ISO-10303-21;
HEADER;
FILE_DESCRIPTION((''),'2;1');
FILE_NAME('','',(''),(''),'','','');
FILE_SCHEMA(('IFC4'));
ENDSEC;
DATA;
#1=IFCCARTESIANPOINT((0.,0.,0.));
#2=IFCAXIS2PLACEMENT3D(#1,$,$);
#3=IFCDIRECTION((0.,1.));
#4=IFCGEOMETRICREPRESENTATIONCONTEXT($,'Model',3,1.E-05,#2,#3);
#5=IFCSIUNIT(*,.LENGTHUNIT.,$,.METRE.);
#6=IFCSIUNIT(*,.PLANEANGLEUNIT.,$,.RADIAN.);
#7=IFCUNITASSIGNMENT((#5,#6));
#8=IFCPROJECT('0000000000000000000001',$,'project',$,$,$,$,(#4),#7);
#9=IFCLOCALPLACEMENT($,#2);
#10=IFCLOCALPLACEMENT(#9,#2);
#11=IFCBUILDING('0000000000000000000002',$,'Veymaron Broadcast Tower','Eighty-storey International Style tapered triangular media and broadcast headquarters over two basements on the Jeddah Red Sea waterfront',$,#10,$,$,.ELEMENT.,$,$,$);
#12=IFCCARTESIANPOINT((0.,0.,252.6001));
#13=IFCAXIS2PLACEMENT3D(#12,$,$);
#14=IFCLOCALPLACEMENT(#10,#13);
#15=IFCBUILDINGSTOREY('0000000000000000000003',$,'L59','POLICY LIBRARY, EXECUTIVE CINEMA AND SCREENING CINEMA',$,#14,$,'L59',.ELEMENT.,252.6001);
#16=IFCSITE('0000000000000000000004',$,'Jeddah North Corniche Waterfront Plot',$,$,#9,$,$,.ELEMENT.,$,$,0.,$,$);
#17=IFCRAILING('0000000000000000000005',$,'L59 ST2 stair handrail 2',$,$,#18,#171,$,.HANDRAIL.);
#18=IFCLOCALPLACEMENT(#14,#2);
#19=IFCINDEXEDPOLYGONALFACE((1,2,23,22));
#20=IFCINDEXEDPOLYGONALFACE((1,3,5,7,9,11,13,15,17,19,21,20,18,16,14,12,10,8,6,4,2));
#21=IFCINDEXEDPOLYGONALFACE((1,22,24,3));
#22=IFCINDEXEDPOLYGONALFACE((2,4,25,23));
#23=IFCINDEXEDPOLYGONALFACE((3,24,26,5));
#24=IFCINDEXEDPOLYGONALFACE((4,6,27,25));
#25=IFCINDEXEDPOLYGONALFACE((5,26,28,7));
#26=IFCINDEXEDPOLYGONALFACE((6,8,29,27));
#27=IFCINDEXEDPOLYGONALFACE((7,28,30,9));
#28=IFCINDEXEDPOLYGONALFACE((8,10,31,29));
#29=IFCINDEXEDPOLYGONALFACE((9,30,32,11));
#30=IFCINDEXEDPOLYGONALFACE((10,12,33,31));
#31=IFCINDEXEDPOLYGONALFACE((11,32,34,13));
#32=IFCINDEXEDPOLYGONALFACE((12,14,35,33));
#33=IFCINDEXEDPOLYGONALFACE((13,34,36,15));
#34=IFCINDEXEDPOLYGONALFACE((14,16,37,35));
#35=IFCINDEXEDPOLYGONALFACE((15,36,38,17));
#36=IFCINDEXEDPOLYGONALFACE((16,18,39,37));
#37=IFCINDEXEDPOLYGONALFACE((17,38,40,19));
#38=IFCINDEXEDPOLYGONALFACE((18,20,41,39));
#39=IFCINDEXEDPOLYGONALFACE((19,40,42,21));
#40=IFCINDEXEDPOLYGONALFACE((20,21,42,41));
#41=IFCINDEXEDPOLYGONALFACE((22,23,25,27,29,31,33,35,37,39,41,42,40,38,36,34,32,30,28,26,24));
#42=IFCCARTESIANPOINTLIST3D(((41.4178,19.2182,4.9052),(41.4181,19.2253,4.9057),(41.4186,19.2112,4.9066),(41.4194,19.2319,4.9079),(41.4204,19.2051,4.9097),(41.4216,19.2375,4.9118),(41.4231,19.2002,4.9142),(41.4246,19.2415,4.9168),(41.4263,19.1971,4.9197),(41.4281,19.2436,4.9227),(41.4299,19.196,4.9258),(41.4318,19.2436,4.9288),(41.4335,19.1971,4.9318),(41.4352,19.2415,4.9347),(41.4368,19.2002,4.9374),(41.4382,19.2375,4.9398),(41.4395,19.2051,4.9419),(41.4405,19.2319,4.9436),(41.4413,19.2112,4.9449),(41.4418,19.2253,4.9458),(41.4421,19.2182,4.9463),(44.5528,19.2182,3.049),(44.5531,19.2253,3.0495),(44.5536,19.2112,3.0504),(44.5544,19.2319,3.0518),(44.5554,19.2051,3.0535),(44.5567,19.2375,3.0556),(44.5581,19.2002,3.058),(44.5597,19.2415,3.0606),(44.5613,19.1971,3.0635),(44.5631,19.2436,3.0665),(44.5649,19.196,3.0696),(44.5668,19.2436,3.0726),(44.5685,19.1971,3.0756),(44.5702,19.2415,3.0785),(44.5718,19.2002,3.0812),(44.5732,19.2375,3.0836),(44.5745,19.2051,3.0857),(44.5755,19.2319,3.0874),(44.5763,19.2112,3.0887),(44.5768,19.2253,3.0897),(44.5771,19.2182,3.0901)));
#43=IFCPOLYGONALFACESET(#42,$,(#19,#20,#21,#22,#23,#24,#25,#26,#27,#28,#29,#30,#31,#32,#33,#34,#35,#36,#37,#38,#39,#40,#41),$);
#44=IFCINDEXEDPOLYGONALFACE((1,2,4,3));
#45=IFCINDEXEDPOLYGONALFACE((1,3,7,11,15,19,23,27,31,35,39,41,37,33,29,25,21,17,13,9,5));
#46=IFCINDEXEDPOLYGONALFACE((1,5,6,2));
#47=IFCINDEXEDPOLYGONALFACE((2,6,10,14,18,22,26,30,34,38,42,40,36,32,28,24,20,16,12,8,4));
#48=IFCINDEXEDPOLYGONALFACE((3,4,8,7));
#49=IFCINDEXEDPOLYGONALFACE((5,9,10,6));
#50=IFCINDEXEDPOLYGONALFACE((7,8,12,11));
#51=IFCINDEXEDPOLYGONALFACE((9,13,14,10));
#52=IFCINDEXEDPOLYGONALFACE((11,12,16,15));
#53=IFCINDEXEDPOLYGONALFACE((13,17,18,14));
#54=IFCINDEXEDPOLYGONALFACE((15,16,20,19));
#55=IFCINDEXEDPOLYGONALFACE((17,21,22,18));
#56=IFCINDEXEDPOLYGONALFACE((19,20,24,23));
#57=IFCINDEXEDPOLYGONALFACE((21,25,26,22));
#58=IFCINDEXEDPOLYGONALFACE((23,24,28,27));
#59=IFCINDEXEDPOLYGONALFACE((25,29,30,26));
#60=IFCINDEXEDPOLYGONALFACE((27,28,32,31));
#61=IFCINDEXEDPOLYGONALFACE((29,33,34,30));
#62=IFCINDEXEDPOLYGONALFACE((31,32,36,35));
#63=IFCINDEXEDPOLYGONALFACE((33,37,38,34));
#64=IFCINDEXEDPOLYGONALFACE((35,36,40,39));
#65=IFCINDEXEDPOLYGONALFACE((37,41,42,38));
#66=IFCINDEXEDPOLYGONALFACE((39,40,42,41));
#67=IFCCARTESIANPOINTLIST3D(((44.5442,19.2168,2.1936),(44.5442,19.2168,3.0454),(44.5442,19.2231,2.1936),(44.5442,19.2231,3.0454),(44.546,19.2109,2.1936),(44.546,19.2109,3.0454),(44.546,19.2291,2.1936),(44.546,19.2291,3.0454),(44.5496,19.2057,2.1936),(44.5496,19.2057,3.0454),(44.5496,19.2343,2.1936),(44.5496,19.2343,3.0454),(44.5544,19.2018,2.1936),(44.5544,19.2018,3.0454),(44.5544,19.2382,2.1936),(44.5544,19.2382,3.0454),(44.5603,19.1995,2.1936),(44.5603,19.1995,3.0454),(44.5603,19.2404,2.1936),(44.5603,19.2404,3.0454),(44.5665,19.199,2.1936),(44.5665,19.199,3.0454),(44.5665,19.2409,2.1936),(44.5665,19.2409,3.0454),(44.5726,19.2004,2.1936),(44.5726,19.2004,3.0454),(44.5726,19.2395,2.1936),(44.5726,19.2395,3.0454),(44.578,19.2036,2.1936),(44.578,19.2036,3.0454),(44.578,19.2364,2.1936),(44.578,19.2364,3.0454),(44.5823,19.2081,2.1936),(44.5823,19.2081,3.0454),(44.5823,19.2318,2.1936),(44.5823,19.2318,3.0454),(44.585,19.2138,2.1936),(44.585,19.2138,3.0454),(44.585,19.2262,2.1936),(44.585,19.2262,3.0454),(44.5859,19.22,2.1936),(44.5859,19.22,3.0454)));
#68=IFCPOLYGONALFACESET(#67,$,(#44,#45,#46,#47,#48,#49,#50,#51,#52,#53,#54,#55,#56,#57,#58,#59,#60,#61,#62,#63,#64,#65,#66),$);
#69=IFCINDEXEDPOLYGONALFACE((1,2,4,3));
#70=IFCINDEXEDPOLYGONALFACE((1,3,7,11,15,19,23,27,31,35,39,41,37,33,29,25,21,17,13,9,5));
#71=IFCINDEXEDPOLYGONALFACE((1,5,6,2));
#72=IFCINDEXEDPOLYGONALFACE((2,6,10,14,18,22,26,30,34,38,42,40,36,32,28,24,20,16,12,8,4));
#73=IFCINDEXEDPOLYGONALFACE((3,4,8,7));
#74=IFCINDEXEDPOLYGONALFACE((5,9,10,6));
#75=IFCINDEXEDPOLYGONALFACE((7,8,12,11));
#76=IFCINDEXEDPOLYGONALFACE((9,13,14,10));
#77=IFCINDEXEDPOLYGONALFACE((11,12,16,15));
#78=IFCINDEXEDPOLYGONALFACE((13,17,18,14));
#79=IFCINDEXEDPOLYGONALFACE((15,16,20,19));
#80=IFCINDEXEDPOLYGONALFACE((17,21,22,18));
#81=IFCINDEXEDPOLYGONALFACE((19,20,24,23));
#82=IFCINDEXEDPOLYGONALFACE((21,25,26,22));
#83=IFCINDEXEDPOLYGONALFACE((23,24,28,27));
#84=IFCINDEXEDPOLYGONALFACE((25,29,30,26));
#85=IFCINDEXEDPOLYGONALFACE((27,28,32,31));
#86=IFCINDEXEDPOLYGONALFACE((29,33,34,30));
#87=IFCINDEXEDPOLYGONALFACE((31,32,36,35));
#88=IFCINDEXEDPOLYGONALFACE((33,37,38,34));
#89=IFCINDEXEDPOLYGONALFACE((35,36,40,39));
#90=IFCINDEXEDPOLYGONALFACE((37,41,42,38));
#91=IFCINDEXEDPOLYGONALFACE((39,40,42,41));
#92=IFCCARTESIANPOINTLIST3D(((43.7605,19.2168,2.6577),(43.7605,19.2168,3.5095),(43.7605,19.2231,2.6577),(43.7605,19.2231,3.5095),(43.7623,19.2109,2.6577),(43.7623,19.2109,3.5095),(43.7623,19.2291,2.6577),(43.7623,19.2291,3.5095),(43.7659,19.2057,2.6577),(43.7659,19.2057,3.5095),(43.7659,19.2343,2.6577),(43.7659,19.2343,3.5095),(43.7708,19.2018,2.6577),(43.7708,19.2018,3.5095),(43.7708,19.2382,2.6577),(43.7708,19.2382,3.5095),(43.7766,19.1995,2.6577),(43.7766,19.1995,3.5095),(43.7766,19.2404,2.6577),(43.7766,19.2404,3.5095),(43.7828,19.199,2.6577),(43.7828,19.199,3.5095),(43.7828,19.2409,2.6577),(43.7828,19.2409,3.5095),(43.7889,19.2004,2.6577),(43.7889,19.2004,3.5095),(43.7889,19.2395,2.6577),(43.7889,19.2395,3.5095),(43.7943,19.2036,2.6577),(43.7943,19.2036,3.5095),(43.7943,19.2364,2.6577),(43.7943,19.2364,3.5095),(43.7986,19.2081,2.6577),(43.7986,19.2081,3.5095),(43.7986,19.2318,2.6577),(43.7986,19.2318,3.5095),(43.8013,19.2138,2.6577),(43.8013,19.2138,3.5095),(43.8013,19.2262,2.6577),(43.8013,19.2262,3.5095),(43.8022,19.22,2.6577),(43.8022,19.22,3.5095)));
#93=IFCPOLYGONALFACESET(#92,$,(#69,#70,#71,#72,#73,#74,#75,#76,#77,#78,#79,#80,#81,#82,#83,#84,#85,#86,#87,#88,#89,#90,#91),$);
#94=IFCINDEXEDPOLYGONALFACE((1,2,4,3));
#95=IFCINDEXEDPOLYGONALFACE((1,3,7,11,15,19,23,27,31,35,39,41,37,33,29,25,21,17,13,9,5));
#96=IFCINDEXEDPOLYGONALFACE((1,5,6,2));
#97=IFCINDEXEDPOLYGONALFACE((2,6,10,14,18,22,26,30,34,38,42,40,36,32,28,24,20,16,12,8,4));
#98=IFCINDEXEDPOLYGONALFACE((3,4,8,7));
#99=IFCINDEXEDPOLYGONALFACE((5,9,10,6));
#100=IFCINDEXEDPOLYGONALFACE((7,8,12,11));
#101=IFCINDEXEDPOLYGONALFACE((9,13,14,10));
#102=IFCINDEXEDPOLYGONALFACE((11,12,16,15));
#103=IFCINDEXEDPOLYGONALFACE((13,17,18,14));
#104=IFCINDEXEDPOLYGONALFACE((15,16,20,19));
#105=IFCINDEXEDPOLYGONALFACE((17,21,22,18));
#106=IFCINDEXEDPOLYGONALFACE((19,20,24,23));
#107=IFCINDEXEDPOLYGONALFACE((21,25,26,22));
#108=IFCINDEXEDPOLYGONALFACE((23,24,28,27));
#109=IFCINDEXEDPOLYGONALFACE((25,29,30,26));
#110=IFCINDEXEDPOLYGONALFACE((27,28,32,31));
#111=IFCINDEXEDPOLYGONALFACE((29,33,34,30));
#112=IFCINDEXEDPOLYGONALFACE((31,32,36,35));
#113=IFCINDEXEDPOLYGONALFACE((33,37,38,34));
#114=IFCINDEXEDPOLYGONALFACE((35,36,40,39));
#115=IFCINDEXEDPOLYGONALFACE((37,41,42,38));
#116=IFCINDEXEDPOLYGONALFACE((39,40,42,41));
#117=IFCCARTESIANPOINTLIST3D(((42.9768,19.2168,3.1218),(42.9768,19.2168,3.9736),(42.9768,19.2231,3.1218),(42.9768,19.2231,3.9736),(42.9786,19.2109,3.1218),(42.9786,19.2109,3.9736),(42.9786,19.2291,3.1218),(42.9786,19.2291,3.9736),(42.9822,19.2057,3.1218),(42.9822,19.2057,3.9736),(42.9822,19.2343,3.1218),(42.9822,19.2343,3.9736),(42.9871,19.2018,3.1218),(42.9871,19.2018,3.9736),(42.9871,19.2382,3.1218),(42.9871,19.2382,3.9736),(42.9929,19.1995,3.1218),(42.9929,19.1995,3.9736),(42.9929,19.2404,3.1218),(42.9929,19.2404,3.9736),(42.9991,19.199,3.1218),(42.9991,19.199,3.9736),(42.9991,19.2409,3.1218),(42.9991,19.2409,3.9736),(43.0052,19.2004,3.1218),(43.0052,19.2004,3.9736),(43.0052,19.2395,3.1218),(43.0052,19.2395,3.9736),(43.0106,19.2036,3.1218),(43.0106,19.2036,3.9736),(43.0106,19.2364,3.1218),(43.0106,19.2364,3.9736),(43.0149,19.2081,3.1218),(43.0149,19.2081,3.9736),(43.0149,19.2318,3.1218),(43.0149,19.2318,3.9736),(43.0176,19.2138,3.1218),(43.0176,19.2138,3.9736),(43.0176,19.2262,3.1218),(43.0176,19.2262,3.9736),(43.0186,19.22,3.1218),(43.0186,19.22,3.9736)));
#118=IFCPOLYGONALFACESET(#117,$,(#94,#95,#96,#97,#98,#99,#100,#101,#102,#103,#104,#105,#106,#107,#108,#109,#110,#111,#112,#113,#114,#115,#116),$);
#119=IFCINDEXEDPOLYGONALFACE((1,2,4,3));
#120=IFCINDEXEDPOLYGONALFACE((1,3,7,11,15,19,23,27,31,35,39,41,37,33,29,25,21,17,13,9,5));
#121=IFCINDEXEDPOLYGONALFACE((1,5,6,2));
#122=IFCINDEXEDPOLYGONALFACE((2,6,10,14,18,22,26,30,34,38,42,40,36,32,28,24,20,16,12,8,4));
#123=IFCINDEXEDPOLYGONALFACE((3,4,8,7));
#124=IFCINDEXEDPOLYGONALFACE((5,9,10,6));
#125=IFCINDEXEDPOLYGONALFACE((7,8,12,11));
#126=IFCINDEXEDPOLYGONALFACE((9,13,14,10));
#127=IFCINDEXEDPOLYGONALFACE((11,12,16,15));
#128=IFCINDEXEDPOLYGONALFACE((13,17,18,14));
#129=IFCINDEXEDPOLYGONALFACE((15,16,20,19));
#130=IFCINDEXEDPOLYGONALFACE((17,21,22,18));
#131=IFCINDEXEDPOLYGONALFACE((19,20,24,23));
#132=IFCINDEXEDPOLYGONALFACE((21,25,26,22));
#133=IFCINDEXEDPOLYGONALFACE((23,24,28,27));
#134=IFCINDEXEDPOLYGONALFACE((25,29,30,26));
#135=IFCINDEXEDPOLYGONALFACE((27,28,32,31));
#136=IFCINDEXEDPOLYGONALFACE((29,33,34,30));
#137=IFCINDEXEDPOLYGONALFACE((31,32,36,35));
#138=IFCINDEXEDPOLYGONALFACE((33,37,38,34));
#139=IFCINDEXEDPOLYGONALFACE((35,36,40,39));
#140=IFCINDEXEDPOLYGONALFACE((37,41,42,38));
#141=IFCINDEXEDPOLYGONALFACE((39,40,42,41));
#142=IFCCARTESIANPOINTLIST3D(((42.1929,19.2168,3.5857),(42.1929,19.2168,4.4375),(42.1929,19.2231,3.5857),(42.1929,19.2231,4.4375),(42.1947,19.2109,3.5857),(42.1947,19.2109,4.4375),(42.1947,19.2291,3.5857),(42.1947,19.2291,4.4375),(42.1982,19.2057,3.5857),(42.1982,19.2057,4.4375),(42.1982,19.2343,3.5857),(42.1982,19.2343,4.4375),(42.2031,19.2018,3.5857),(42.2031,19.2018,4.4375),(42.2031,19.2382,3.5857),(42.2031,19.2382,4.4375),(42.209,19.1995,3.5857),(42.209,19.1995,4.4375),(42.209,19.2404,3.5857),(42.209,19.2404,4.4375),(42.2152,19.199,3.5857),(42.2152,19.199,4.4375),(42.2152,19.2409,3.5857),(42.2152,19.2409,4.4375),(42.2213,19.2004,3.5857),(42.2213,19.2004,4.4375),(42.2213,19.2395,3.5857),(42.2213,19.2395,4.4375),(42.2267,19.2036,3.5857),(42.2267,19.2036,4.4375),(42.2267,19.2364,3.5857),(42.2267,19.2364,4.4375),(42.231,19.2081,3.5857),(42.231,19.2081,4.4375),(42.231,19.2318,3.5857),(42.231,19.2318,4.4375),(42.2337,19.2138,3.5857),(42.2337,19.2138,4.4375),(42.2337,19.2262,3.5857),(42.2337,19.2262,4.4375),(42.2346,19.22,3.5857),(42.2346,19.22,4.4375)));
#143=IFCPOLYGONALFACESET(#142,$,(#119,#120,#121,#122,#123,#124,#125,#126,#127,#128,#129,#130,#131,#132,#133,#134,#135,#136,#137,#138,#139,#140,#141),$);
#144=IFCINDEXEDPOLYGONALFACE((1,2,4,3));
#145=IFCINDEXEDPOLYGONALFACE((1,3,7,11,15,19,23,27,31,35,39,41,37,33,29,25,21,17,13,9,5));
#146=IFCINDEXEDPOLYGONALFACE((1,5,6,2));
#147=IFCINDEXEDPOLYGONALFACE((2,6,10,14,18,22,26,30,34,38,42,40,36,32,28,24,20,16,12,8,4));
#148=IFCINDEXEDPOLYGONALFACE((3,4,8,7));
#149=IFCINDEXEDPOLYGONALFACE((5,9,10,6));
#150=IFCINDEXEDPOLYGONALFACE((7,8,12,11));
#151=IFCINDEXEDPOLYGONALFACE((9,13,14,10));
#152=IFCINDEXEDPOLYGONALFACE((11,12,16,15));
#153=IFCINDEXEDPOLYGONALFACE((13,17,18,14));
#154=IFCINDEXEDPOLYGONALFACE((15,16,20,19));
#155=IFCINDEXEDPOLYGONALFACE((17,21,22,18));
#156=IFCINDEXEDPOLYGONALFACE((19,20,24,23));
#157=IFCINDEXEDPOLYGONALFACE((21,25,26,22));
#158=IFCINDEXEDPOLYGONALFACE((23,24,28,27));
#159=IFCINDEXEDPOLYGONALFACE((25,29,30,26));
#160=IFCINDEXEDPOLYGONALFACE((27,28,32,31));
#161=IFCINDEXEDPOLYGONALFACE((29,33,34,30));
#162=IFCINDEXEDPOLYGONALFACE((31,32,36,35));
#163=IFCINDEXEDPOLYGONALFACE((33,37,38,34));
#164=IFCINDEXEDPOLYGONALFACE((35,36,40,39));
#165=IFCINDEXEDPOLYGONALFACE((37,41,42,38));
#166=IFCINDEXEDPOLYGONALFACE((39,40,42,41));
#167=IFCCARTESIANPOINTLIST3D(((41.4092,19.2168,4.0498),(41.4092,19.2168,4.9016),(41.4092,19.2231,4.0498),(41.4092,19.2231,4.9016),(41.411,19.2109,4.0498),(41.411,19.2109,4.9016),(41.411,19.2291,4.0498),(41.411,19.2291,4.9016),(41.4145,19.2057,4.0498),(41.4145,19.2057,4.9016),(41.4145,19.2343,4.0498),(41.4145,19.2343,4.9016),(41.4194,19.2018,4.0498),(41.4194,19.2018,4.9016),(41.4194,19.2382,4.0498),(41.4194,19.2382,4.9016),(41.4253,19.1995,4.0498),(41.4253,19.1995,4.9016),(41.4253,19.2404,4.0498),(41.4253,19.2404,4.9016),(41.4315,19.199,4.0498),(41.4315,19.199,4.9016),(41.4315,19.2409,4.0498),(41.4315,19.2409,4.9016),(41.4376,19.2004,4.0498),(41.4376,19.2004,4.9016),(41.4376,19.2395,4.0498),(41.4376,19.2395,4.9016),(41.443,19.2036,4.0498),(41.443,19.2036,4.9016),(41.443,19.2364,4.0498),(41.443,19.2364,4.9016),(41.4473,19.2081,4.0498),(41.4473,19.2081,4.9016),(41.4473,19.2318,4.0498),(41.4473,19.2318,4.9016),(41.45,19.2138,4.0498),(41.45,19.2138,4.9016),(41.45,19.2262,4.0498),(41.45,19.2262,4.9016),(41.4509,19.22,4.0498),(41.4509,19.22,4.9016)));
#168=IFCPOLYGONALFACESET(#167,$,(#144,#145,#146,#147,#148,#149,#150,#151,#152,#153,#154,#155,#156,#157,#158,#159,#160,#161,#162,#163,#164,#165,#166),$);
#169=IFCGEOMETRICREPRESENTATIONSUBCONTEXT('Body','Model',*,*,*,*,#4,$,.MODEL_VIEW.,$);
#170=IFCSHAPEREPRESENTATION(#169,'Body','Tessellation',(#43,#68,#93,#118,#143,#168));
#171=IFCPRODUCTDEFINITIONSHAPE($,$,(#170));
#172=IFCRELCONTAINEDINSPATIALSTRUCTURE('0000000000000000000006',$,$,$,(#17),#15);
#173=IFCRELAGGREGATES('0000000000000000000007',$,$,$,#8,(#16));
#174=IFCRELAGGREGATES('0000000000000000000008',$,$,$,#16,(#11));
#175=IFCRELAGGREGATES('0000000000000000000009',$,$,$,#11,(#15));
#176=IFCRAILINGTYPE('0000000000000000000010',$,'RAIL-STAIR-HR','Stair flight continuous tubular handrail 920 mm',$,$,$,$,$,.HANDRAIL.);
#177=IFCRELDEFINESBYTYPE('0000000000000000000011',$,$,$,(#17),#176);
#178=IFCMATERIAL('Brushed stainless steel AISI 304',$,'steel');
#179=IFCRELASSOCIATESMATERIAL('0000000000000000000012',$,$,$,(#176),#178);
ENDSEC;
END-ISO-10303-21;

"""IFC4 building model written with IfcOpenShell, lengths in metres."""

from ifc_helpers import new_model, si_unit, direction, frame, origin, origin_2d, place, context, subcontext, project, spatial, circle, extrude, material, type_object, element, save


model = new_model("IFC4")

# Units and contexts
model_context = context("Model", 3, precision=1e-05, world=origin(), true_north=direction((0.0, 1.0)))
body_context = subcontext(model_context, "Body", "Model", "MODEL_VIEW")
ifc_project = project(units=[si_unit("LENGTHUNIT", "METRE"), si_unit("PLANEANGLEUNIT", "RADIAN")], contexts=[model_context])

# Site, building, storey
site_placement = place(None, origin())
site = spatial("IfcSite", under=ifc_project, at=site_placement, Name="Jeddah North Corniche Waterfront Plot", CompositionType="ELEMENT", RefElevation=0.0)
building_placement = place(site_placement, origin())
building = spatial("IfcBuilding", under=site, at=building_placement, Name="Veymaron Broadcast Tower", Description="Eighty-storey International Style tapered triangular media and broadcast headquarters over two basements on the Jeddah Red Sea waterfront", CompositionType="ELEMENT")
storey_placement = place(building_placement, frame((0.0, 0.0, 252.6001)))
storey = spatial("IfcBuildingStorey", under=building, at=storey_placement, Name="L59", Description="POLICY LIBRARY, EXECUTIVE CINEMA AND SCREENING CINEMA", LongName="L59", CompositionType="ELEMENT", Elevation=252.6001)

# Shared definitions
ifc_material_1 = material(Name="Brushed stainless steel AISI 304", Category="steel")

# Railing
railing_type_1 = type_object("IfcRailingType", Name="RAIL-STAIR-HR", Description="Stair flight continuous tubular handrail 920 mm", PredefinedType="HANDRAIL", material=ifc_material_1)
railing_1_placement = place(storey_placement, frame((44.5649, 19.22, 2.1936)))
element("IfcRailing", 1, at=railing_1_placement, inside=storey, type_object=railing_type_1, Name="L59 ST2 stair handrail 2", PredefinedType="HANDRAIL", context=body_context, shape_type="SweptSolid", body=[
    extrude(circle(Radius=0.0239, at=origin_2d()), frame((0.0, 0.0, 0.876), z_axis=(-0.860482, 0.0, 0.509481), x_axis=(0.0, -1.0, 0.0)), (0.0, 0.0, 1.0), 3.6433),
    extrude(circle(Radius=0.021, at=origin_2d()), origin(), (0.0, 0.0, 1.0), 0.8518),
    extrude(circle(Radius=0.021, at=origin_2d()), frame((-0.7837, 0.0, 0.4641)), (0.0, 0.0, 1.0), 0.8518),
    extrude(circle(Radius=0.021, at=origin_2d()), frame((-1.5674, 0.0, 0.9282)), (0.0, 0.0, 1.0), 0.8518),
    extrude(circle(Radius=0.021, at=origin_2d()), frame((-2.3513, 0.0, 1.3921)), (0.0, 0.0, 1.0), 0.8518),
    extrude(circle(Radius=0.021, at=origin_2d()), frame((-3.135, 0.0, 1.8562)), (0.0, 0.0, 1.0), 0.8518),
])

save(model, "model.ifc")
